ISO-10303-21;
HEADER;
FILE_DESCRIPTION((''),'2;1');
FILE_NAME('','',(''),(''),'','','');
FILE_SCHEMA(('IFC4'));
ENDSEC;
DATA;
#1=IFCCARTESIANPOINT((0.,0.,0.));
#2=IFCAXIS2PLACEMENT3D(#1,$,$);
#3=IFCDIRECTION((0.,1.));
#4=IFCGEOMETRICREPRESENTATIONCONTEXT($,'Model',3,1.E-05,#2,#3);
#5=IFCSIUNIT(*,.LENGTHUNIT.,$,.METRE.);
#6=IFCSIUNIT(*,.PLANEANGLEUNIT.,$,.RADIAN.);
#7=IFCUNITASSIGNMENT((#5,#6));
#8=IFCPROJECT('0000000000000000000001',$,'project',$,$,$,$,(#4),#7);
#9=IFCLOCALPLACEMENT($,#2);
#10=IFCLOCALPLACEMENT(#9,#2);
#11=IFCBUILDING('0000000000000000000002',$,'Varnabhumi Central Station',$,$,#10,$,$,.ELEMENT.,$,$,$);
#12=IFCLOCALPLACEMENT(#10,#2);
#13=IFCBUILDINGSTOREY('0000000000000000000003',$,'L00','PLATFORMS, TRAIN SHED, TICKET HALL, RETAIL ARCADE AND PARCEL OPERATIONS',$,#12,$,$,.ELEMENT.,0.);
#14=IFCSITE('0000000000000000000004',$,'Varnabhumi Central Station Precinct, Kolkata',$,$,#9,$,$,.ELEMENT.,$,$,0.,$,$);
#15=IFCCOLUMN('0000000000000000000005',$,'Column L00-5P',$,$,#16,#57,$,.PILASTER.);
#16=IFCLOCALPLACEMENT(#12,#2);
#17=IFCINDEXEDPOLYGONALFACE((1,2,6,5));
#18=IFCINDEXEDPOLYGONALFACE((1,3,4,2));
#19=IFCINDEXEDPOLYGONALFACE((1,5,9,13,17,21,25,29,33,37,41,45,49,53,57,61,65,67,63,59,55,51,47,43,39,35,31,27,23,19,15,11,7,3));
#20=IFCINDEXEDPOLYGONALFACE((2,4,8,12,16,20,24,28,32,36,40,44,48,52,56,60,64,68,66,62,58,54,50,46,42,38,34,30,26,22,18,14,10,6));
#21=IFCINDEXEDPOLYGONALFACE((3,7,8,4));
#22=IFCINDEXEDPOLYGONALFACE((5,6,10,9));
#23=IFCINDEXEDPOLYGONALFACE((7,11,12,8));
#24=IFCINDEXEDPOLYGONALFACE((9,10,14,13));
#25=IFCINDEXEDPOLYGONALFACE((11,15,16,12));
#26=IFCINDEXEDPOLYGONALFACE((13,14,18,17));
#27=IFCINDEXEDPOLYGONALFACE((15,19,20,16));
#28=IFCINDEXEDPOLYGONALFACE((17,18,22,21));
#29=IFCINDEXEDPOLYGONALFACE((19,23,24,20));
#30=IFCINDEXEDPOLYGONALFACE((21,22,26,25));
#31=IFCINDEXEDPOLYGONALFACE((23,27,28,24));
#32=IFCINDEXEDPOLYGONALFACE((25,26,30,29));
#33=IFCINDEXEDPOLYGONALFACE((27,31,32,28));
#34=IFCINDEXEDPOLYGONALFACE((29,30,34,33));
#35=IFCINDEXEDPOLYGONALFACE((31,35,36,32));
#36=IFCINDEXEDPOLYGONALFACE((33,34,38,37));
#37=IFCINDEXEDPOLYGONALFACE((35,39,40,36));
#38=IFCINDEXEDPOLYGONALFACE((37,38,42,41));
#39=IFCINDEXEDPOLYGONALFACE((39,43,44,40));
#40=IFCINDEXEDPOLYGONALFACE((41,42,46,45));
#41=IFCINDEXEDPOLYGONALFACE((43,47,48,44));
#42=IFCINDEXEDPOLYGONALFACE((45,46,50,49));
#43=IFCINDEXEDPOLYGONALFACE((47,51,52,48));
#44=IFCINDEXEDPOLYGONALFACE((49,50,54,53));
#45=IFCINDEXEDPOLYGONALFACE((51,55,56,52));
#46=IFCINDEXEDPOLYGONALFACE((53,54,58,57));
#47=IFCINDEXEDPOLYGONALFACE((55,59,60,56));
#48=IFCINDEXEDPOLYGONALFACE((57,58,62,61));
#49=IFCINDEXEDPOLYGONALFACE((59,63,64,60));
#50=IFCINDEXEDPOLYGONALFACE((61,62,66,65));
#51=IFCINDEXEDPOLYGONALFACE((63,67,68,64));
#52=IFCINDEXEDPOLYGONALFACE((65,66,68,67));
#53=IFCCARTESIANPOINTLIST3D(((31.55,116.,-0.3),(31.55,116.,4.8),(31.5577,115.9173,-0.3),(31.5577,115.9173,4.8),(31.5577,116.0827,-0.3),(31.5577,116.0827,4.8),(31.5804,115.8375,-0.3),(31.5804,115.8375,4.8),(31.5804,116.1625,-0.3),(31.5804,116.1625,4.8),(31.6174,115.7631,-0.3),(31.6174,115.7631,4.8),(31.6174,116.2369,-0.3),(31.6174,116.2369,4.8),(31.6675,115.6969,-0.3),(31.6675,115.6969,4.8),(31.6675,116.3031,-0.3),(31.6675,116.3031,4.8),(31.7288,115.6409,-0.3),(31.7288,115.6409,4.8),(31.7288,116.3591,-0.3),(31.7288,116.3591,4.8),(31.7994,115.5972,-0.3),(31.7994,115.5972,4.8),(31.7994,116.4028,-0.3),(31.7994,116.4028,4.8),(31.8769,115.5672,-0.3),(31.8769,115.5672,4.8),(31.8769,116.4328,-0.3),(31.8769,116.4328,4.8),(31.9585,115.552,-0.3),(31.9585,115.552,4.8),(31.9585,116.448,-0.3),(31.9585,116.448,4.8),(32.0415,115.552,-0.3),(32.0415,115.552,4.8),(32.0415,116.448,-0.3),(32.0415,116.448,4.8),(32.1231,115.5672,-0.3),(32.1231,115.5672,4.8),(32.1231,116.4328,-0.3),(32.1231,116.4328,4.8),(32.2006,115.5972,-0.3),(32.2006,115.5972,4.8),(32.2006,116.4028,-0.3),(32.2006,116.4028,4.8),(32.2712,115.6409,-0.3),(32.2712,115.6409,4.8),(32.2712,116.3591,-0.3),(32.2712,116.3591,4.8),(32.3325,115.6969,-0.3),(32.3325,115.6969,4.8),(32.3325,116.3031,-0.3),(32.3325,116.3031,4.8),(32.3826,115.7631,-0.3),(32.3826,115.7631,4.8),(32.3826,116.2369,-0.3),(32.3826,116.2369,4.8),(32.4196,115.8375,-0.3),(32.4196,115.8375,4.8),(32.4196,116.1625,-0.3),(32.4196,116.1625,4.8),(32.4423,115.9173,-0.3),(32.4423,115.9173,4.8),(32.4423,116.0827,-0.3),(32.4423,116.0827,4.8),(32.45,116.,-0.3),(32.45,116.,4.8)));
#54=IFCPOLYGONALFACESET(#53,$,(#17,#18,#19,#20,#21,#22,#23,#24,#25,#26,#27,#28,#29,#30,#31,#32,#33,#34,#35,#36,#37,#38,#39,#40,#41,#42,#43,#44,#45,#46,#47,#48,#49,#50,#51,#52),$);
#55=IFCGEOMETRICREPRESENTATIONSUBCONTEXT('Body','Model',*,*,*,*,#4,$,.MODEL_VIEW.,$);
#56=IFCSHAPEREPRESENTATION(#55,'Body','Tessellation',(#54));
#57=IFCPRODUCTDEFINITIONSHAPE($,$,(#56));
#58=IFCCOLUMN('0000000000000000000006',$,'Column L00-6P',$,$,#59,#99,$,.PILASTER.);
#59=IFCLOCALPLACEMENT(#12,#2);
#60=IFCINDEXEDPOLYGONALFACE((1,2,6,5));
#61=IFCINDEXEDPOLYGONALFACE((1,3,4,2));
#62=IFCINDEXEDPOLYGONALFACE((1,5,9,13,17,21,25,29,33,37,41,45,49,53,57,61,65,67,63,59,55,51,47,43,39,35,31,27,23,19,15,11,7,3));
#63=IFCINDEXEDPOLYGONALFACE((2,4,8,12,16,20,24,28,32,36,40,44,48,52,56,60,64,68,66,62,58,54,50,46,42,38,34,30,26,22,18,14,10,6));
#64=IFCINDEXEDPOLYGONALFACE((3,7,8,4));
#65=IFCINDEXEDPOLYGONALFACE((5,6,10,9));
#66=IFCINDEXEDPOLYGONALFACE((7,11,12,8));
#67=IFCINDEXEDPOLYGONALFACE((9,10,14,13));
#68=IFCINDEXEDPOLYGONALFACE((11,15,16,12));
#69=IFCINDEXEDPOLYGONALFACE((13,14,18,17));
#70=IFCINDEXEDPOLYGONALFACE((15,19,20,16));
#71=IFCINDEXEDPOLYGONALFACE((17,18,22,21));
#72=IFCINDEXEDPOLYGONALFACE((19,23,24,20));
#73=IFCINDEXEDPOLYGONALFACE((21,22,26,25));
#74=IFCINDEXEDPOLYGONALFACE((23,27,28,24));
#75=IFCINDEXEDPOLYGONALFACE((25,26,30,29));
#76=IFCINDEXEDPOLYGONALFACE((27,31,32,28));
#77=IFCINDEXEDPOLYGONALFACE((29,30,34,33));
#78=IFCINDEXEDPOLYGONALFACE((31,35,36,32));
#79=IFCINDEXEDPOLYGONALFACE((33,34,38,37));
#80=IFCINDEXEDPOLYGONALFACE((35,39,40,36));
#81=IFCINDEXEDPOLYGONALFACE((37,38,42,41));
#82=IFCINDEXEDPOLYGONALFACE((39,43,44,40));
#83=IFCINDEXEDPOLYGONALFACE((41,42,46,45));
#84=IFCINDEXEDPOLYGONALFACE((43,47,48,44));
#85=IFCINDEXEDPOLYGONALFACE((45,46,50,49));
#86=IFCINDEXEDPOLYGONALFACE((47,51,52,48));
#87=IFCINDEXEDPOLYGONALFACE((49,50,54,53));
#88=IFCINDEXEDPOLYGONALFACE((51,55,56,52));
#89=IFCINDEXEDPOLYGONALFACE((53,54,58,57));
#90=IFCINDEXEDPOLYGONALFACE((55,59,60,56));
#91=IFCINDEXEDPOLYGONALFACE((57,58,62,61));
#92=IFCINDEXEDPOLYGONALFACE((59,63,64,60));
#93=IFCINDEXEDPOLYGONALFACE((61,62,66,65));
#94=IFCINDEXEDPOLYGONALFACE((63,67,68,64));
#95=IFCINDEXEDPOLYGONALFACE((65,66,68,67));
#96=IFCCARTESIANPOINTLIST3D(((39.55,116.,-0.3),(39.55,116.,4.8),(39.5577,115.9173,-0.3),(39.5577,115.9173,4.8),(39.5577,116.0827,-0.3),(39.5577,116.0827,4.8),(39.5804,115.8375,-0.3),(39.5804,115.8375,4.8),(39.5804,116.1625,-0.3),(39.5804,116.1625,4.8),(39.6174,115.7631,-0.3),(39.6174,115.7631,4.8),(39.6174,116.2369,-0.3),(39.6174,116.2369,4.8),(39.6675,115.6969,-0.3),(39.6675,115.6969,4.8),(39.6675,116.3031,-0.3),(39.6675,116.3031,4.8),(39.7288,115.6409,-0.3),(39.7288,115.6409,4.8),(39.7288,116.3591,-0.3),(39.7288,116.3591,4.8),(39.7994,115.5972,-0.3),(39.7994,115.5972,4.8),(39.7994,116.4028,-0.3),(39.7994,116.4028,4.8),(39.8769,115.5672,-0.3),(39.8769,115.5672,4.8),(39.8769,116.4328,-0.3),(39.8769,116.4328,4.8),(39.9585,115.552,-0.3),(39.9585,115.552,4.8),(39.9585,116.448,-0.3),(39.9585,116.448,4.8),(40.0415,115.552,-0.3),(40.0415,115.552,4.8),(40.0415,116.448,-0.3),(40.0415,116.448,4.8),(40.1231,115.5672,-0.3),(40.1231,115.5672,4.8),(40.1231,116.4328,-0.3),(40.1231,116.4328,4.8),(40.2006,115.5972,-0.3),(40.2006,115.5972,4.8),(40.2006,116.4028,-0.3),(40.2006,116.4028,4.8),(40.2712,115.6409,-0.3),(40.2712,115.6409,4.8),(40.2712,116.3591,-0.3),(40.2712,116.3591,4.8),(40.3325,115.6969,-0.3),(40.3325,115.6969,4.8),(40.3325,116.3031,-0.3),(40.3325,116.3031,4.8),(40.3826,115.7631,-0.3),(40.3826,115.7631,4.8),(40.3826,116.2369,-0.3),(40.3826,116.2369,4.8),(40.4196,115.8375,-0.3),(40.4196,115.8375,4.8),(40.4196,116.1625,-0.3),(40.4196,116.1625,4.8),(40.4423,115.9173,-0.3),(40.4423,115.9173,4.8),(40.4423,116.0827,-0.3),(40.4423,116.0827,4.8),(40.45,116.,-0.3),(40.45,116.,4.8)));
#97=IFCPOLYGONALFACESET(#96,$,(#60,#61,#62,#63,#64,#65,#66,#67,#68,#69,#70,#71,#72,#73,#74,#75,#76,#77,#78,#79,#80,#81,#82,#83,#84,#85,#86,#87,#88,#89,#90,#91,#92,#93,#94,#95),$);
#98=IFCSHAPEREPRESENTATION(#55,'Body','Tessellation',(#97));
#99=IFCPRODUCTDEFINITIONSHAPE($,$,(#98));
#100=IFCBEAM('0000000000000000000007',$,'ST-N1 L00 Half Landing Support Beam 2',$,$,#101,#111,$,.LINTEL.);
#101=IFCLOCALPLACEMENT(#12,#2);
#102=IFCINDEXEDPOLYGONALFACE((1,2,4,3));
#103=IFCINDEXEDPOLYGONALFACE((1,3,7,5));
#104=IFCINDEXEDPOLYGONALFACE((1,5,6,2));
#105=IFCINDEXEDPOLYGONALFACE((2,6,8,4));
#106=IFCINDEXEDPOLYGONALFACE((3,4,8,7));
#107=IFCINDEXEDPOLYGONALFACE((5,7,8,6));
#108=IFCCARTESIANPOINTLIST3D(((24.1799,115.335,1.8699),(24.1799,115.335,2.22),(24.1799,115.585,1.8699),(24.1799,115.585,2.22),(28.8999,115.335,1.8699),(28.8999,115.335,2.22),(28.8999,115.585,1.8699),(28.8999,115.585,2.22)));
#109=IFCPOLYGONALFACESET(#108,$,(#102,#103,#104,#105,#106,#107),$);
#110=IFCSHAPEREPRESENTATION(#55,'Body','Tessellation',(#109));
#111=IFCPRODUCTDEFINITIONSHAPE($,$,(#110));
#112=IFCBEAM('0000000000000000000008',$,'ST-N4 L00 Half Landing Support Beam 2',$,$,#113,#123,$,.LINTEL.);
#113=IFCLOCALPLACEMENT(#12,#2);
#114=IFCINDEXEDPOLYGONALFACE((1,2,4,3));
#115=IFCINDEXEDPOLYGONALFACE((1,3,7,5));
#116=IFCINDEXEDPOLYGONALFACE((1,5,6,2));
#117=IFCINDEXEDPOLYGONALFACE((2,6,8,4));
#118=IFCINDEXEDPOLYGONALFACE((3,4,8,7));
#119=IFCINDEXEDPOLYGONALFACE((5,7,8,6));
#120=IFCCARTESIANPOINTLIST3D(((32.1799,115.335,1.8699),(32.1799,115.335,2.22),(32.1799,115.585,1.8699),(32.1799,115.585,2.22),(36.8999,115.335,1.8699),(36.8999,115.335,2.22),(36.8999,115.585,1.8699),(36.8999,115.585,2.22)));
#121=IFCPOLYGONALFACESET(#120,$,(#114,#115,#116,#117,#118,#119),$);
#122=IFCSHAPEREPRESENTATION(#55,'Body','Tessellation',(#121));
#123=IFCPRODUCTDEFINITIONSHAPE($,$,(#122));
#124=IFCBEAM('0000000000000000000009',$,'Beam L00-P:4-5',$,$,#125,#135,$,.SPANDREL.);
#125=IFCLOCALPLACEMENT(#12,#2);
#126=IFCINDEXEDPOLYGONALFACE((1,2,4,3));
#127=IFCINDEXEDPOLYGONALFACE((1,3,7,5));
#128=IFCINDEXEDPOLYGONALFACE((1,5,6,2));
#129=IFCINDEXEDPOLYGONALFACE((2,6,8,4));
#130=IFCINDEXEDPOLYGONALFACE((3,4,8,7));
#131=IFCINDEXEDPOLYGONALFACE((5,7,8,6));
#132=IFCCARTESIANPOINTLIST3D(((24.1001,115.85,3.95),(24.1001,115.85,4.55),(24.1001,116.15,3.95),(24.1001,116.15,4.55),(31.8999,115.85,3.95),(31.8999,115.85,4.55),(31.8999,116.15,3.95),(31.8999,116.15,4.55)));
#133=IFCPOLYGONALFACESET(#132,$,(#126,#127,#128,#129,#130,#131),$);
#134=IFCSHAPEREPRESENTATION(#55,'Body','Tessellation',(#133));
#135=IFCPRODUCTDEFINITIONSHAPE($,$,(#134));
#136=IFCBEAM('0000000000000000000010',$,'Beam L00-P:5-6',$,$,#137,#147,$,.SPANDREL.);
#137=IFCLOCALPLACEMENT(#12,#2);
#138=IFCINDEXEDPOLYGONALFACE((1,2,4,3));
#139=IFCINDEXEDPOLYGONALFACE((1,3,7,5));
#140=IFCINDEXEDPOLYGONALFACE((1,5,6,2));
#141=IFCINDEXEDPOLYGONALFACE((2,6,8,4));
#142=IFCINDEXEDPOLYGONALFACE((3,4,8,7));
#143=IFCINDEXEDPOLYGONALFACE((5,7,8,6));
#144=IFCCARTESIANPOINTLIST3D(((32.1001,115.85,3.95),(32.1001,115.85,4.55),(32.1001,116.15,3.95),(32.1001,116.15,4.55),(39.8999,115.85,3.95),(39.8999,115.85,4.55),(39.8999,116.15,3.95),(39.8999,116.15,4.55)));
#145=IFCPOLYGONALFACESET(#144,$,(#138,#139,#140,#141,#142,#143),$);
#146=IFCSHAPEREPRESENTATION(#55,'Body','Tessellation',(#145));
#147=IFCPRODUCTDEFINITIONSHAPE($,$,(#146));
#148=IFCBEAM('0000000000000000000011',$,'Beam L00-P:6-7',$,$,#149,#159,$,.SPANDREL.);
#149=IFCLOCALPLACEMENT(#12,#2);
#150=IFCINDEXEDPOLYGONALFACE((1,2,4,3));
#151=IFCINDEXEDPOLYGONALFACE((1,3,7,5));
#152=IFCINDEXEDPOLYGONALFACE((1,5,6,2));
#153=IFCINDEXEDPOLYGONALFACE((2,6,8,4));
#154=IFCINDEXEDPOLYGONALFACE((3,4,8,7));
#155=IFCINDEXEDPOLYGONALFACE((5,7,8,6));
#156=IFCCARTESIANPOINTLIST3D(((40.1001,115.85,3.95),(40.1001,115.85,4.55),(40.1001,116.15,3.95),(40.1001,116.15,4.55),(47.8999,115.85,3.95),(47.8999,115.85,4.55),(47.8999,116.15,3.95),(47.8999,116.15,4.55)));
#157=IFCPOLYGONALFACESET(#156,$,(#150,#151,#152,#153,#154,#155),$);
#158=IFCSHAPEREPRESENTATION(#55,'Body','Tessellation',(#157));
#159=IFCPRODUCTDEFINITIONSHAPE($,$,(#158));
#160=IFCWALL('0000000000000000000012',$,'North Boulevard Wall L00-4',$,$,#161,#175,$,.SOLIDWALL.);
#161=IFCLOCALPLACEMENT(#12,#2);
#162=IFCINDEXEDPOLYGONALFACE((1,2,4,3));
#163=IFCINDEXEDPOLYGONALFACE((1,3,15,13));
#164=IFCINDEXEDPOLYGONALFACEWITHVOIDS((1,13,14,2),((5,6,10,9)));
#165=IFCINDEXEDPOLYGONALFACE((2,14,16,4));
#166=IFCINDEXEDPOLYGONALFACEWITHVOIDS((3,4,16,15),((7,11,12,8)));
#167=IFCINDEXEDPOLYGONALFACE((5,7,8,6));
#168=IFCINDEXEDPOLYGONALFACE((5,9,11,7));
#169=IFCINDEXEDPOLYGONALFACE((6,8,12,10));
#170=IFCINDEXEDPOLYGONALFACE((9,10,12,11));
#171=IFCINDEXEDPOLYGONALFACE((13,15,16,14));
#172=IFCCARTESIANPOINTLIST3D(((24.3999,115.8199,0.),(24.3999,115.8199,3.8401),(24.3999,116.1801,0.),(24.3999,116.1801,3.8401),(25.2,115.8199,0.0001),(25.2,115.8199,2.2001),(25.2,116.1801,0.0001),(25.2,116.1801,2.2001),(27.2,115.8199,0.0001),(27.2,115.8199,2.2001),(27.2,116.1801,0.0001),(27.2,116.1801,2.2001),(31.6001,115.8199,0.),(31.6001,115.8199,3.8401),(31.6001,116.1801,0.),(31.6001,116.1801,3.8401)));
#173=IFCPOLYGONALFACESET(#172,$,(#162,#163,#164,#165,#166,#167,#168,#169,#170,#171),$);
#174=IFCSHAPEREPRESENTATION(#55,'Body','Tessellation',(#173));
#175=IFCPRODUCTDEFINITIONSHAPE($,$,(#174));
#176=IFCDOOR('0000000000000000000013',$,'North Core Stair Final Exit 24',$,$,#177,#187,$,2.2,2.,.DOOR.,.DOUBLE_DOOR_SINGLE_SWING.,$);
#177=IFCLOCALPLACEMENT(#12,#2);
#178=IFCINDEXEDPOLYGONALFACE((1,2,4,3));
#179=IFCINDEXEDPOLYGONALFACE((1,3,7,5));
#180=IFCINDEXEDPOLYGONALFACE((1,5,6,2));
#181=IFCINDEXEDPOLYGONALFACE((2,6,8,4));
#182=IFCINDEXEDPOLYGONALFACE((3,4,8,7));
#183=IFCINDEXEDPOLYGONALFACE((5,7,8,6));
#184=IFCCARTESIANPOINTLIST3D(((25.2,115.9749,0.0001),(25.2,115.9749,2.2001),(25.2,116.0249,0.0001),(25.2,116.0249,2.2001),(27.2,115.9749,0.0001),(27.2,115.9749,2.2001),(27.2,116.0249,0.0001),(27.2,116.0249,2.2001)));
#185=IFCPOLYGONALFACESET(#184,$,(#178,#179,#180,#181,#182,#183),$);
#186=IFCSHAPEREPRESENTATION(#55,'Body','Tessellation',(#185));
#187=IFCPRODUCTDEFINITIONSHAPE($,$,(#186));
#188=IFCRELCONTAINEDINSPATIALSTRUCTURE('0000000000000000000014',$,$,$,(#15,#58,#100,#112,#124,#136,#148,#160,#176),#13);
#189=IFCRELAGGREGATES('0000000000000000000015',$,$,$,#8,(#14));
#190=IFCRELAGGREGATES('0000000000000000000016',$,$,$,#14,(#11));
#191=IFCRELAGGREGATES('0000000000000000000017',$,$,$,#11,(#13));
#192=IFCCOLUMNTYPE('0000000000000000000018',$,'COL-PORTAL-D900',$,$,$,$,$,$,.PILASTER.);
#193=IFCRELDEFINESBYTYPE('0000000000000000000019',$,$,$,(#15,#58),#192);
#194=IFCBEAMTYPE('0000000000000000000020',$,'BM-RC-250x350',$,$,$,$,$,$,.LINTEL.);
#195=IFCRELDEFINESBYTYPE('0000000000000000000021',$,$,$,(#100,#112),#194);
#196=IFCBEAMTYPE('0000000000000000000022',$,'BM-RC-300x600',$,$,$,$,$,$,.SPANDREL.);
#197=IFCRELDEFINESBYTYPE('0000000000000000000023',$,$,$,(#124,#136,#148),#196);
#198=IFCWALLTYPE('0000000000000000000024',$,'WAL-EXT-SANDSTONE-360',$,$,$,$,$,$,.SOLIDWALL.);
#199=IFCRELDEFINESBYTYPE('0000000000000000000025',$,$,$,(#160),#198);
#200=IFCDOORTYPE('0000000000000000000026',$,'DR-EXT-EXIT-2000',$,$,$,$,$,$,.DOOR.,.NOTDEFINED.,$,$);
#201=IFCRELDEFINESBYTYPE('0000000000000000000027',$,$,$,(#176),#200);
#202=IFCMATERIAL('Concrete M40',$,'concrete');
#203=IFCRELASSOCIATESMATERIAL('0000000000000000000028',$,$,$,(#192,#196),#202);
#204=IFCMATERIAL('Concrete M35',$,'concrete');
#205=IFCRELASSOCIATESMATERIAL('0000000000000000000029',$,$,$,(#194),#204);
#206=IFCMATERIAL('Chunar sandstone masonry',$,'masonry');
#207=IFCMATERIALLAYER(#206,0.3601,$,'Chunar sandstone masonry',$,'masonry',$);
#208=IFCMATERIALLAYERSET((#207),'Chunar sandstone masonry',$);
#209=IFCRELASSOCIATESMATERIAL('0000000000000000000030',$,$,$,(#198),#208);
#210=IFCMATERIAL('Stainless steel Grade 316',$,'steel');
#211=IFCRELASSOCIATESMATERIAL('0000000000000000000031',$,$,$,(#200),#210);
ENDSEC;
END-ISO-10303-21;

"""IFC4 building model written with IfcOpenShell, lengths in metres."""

from ifc_helpers import new_model, si_unit, direction, frame, frame_2d, origin, origin_2d, place, context, subcontext, project, spatial, rectangle, circle, extrude, material, layer, layer_set, material_profile, profile_set, type_object, element, fill, save


model = new_model("IFC4")

# Units and contexts
model_context = context("Model", 3, precision=1e-05, world=origin(), true_north=direction((0.0, 1.0)))
body_context = subcontext(model_context, "Body", "Model", "MODEL_VIEW")
ifc_project = project(units=[si_unit("LENGTHUNIT", "METRE"), si_unit("PLANEANGLEUNIT", "RADIAN")], contexts=[model_context])

# Site, building, storey
site_placement = place(None, origin())
site = spatial("IfcSite", under=ifc_project, at=site_placement, Name="Varnabhumi Central Station Precinct, Kolkata", CompositionType="ELEMENT", RefElevation=0.0)
building_placement = place(site_placement, origin())
building = spatial("IfcBuilding", under=site, at=building_placement, Name="Varnabhumi Central Station", CompositionType="ELEMENT")
storey_placement = place(building_placement, origin())
storey = spatial("IfcBuildingStorey", under=building, at=storey_placement, Name="L00", Description="PLATFORMS, TRAIN SHED, TICKET HALL, RETAIL ARCADE AND PARCEL OPERATIONS", CompositionType="ELEMENT", Elevation=0.0)

# Shared definitions
ifc_material_1 = material(Name="Concrete M40", Category="concrete")

# Shared definitions
ifc_material_2 = material(Name="Concrete M35", Category="concrete")

# Columns
ifc_material_profile_1 = material_profile(ifc_material_1, circle(Radius=0.45, at=origin_2d()), Name="Concrete M40", Category="concrete")
ifc_profile_set_1 = profile_set([ifc_material_profile_1], Name="Concrete M40")
column_type = type_object("IfcColumnType", Name="COL-PORTAL-D900", PredefinedType="PILASTER", material=ifc_profile_set_1)
for number, where, z_axis, x_axis, name in (
    (1, (32.0, 116.0, -0.3), (0.0, 0.0, 1.0), (1.0, 0.0, 0.0), "Column L00-5P"),
    (2, (40.0, 116.0, -0.3), (0.0, 0.0, 1.0), (1.0, 0.0, 0.0), "Column L00-6P"),
):
    element("IfcColumn", number, at=place(storey_placement, frame(where, z_axis=z_axis, x_axis=x_axis)), inside=storey, type_object=column_type, Name=name, PredefinedType="PILASTER", context=body_context, shape_type="SweptSolid", body=[
        extrude(circle(Radius=0.45, at=origin_2d()), origin(), (0.0, 0.0, 1.0), 5.1001),
    ])

# Beams
ifc_material_profile_2 = material_profile(ifc_material_2, rectangle(XDim=0.25, YDim=0.3501, at=origin_2d()), Name="Concrete M35", Category="concrete")
ifc_profile_set_2 = profile_set([ifc_material_profile_2], Name="Concrete M35")
beam_type_1 = type_object("IfcBeamType", Name="BM-RC-250x350", PredefinedType="LINTEL", material=ifc_profile_set_2)
for number, where, z_axis, x_axis, name in (
    (3, (24.1799, 115.46, 2.0449), (1.0, 0.0, 0.0), (0.0, 1.0, 0.0), "ST-N1 L00 Half Landing Support Beam 2"),
    (4, (32.1799, 115.46, 2.0449), (1.0, 0.0, 0.0), (0.0, 1.0, 0.0), "ST-N4 L00 Half Landing Support Beam 2"),
):
    element("IfcBeam", number, at=place(storey_placement, frame(where, z_axis=z_axis, x_axis=x_axis)), inside=storey, type_object=beam_type_1, Name=name, PredefinedType="LINTEL", context=body_context, shape_type="SweptSolid", body=[
        extrude(rectangle(XDim=0.25, YDim=0.3501, at=origin_2d()), origin(), (0.0, 0.0, 1.0), 4.72),
    ])
ifc_material_profile_3 = material_profile(ifc_material_1, rectangle(XDim=0.3, YDim=0.6001, at=origin_2d()), Name="Concrete M40", Category="concrete")
ifc_profile_set_3 = profile_set([ifc_material_profile_3], Name="Concrete M40")
beam_type_2 = type_object("IfcBeamType", Name="BM-RC-300x600", PredefinedType="SPANDREL", material=ifc_profile_set_3)
for number, where, z_axis, x_axis, name in (
    (5, (24.1001, 116.0, 4.25), (1.0, 0.0, 0.0), (0.0, 1.0, 0.0), "Beam L00-P:4-5"),
    (6, (32.1001, 116.0, 4.25), (1.0, 0.0, 0.0), (0.0, 1.0, 0.0), "Beam L00-P:5-6"),
    (7, (40.1001, 116.0, 4.25), (1.0, 0.0, 0.0), (0.0, 1.0, 0.0), "Beam L00-P:6-7"),
):
    element("IfcBeam", number, at=place(storey_placement, frame(where, z_axis=z_axis, x_axis=x_axis)), inside=storey, type_object=beam_type_2, Name=name, PredefinedType="SPANDREL", context=body_context, shape_type="SweptSolid", body=[
        extrude(rectangle(XDim=0.3, YDim=0.6001, at=origin_2d()), origin(), (0.0, 0.0, 1.0), 7.7998),
    ])

# Wall, opening, door
ifc_material_3 = material(Name="Chunar sandstone masonry", Category="masonry")
ifc_layer_1 = layer(ifc_material_3, 0.3601, Name="Chunar sandstone masonry", Category="masonry")
ifc_layer_set_1 = layer_set([ifc_layer_1], Name="Chunar sandstone masonry")
wall_type = type_object("IfcWallType", Name="WAL-EXT-SANDSTONE-360", PredefinedType="SOLIDWALL", material=ifc_layer_set_1)
wall_1_placement = place(storey_placement, frame((24.3999, 116.0, 0.0), z_axis=(0.0, 0.0, 1.0), x_axis=(1.0, 0.0, 0.0)))
wall_1 = element("IfcWall", 8, at=wall_1_placement, inside=storey, type_object=wall_type, Name="North Boulevard Wall L00-4", PredefinedType="SOLIDWALL", context=body_context, shape_type="SweptSolid", body=[
    extrude(rectangle(XDim=7.2002, YDim=0.3601, at=frame_2d((3.6001, 0.0))), origin(), (0.0, 0.0, 1.0), 3.8401),
])
opening_1_placement = place(wall_1_placement, frame((0.8, 0.0, 0.0)))
opening_1 = element("IfcOpeningElement", 9, at=opening_1_placement, cuts=wall_1, PredefinedType="OPENING", context=body_context, shape_type="SweptSolid", body=[
    extrude(rectangle(XDim=2.0, YDim=2.2, at=frame_2d((1.0, 1.1001))), frame((0.0, 0.1899, 0.0), z_axis=(0.0, -1.0, 0.0), x_axis=(1.0, 0.0, 0.0)), (0.0, 0.0, 1.0), 0.3801),
])
ifc_material_4 = material(Name="Stainless steel Grade 316", Category="steel")
door_type = type_object("IfcDoorType", Name="DR-EXT-EXIT-2000", OperationType="NOTDEFINED", PredefinedType="DOOR", material=ifc_material_4)
door_1_placement = place(opening_1_placement, origin())
door_1 = element("IfcDoor", 10, at=door_1_placement, inside=storey, type_object=door_type, Name="North Core Stair Final Exit 24", OperationType="DOUBLE_DOOR_SINGLE_SWING", OverallHeight=2.2, OverallWidth=2.0, PredefinedType="DOOR", context=body_context, shape_type="SweptSolid", body=[
    extrude(rectangle(XDim=2.0, YDim=2.2, at=frame_2d((1.0, 1.1001))), frame((0.0, 0.0249, 0.0), z_axis=(0.0, -1.0, 0.0), x_axis=(1.0, 0.0, 0.0)), (0.0, 0.0, 1.0), 0.05),
])
fill(opening_1, door_1)

save(model, "model.ifc")
